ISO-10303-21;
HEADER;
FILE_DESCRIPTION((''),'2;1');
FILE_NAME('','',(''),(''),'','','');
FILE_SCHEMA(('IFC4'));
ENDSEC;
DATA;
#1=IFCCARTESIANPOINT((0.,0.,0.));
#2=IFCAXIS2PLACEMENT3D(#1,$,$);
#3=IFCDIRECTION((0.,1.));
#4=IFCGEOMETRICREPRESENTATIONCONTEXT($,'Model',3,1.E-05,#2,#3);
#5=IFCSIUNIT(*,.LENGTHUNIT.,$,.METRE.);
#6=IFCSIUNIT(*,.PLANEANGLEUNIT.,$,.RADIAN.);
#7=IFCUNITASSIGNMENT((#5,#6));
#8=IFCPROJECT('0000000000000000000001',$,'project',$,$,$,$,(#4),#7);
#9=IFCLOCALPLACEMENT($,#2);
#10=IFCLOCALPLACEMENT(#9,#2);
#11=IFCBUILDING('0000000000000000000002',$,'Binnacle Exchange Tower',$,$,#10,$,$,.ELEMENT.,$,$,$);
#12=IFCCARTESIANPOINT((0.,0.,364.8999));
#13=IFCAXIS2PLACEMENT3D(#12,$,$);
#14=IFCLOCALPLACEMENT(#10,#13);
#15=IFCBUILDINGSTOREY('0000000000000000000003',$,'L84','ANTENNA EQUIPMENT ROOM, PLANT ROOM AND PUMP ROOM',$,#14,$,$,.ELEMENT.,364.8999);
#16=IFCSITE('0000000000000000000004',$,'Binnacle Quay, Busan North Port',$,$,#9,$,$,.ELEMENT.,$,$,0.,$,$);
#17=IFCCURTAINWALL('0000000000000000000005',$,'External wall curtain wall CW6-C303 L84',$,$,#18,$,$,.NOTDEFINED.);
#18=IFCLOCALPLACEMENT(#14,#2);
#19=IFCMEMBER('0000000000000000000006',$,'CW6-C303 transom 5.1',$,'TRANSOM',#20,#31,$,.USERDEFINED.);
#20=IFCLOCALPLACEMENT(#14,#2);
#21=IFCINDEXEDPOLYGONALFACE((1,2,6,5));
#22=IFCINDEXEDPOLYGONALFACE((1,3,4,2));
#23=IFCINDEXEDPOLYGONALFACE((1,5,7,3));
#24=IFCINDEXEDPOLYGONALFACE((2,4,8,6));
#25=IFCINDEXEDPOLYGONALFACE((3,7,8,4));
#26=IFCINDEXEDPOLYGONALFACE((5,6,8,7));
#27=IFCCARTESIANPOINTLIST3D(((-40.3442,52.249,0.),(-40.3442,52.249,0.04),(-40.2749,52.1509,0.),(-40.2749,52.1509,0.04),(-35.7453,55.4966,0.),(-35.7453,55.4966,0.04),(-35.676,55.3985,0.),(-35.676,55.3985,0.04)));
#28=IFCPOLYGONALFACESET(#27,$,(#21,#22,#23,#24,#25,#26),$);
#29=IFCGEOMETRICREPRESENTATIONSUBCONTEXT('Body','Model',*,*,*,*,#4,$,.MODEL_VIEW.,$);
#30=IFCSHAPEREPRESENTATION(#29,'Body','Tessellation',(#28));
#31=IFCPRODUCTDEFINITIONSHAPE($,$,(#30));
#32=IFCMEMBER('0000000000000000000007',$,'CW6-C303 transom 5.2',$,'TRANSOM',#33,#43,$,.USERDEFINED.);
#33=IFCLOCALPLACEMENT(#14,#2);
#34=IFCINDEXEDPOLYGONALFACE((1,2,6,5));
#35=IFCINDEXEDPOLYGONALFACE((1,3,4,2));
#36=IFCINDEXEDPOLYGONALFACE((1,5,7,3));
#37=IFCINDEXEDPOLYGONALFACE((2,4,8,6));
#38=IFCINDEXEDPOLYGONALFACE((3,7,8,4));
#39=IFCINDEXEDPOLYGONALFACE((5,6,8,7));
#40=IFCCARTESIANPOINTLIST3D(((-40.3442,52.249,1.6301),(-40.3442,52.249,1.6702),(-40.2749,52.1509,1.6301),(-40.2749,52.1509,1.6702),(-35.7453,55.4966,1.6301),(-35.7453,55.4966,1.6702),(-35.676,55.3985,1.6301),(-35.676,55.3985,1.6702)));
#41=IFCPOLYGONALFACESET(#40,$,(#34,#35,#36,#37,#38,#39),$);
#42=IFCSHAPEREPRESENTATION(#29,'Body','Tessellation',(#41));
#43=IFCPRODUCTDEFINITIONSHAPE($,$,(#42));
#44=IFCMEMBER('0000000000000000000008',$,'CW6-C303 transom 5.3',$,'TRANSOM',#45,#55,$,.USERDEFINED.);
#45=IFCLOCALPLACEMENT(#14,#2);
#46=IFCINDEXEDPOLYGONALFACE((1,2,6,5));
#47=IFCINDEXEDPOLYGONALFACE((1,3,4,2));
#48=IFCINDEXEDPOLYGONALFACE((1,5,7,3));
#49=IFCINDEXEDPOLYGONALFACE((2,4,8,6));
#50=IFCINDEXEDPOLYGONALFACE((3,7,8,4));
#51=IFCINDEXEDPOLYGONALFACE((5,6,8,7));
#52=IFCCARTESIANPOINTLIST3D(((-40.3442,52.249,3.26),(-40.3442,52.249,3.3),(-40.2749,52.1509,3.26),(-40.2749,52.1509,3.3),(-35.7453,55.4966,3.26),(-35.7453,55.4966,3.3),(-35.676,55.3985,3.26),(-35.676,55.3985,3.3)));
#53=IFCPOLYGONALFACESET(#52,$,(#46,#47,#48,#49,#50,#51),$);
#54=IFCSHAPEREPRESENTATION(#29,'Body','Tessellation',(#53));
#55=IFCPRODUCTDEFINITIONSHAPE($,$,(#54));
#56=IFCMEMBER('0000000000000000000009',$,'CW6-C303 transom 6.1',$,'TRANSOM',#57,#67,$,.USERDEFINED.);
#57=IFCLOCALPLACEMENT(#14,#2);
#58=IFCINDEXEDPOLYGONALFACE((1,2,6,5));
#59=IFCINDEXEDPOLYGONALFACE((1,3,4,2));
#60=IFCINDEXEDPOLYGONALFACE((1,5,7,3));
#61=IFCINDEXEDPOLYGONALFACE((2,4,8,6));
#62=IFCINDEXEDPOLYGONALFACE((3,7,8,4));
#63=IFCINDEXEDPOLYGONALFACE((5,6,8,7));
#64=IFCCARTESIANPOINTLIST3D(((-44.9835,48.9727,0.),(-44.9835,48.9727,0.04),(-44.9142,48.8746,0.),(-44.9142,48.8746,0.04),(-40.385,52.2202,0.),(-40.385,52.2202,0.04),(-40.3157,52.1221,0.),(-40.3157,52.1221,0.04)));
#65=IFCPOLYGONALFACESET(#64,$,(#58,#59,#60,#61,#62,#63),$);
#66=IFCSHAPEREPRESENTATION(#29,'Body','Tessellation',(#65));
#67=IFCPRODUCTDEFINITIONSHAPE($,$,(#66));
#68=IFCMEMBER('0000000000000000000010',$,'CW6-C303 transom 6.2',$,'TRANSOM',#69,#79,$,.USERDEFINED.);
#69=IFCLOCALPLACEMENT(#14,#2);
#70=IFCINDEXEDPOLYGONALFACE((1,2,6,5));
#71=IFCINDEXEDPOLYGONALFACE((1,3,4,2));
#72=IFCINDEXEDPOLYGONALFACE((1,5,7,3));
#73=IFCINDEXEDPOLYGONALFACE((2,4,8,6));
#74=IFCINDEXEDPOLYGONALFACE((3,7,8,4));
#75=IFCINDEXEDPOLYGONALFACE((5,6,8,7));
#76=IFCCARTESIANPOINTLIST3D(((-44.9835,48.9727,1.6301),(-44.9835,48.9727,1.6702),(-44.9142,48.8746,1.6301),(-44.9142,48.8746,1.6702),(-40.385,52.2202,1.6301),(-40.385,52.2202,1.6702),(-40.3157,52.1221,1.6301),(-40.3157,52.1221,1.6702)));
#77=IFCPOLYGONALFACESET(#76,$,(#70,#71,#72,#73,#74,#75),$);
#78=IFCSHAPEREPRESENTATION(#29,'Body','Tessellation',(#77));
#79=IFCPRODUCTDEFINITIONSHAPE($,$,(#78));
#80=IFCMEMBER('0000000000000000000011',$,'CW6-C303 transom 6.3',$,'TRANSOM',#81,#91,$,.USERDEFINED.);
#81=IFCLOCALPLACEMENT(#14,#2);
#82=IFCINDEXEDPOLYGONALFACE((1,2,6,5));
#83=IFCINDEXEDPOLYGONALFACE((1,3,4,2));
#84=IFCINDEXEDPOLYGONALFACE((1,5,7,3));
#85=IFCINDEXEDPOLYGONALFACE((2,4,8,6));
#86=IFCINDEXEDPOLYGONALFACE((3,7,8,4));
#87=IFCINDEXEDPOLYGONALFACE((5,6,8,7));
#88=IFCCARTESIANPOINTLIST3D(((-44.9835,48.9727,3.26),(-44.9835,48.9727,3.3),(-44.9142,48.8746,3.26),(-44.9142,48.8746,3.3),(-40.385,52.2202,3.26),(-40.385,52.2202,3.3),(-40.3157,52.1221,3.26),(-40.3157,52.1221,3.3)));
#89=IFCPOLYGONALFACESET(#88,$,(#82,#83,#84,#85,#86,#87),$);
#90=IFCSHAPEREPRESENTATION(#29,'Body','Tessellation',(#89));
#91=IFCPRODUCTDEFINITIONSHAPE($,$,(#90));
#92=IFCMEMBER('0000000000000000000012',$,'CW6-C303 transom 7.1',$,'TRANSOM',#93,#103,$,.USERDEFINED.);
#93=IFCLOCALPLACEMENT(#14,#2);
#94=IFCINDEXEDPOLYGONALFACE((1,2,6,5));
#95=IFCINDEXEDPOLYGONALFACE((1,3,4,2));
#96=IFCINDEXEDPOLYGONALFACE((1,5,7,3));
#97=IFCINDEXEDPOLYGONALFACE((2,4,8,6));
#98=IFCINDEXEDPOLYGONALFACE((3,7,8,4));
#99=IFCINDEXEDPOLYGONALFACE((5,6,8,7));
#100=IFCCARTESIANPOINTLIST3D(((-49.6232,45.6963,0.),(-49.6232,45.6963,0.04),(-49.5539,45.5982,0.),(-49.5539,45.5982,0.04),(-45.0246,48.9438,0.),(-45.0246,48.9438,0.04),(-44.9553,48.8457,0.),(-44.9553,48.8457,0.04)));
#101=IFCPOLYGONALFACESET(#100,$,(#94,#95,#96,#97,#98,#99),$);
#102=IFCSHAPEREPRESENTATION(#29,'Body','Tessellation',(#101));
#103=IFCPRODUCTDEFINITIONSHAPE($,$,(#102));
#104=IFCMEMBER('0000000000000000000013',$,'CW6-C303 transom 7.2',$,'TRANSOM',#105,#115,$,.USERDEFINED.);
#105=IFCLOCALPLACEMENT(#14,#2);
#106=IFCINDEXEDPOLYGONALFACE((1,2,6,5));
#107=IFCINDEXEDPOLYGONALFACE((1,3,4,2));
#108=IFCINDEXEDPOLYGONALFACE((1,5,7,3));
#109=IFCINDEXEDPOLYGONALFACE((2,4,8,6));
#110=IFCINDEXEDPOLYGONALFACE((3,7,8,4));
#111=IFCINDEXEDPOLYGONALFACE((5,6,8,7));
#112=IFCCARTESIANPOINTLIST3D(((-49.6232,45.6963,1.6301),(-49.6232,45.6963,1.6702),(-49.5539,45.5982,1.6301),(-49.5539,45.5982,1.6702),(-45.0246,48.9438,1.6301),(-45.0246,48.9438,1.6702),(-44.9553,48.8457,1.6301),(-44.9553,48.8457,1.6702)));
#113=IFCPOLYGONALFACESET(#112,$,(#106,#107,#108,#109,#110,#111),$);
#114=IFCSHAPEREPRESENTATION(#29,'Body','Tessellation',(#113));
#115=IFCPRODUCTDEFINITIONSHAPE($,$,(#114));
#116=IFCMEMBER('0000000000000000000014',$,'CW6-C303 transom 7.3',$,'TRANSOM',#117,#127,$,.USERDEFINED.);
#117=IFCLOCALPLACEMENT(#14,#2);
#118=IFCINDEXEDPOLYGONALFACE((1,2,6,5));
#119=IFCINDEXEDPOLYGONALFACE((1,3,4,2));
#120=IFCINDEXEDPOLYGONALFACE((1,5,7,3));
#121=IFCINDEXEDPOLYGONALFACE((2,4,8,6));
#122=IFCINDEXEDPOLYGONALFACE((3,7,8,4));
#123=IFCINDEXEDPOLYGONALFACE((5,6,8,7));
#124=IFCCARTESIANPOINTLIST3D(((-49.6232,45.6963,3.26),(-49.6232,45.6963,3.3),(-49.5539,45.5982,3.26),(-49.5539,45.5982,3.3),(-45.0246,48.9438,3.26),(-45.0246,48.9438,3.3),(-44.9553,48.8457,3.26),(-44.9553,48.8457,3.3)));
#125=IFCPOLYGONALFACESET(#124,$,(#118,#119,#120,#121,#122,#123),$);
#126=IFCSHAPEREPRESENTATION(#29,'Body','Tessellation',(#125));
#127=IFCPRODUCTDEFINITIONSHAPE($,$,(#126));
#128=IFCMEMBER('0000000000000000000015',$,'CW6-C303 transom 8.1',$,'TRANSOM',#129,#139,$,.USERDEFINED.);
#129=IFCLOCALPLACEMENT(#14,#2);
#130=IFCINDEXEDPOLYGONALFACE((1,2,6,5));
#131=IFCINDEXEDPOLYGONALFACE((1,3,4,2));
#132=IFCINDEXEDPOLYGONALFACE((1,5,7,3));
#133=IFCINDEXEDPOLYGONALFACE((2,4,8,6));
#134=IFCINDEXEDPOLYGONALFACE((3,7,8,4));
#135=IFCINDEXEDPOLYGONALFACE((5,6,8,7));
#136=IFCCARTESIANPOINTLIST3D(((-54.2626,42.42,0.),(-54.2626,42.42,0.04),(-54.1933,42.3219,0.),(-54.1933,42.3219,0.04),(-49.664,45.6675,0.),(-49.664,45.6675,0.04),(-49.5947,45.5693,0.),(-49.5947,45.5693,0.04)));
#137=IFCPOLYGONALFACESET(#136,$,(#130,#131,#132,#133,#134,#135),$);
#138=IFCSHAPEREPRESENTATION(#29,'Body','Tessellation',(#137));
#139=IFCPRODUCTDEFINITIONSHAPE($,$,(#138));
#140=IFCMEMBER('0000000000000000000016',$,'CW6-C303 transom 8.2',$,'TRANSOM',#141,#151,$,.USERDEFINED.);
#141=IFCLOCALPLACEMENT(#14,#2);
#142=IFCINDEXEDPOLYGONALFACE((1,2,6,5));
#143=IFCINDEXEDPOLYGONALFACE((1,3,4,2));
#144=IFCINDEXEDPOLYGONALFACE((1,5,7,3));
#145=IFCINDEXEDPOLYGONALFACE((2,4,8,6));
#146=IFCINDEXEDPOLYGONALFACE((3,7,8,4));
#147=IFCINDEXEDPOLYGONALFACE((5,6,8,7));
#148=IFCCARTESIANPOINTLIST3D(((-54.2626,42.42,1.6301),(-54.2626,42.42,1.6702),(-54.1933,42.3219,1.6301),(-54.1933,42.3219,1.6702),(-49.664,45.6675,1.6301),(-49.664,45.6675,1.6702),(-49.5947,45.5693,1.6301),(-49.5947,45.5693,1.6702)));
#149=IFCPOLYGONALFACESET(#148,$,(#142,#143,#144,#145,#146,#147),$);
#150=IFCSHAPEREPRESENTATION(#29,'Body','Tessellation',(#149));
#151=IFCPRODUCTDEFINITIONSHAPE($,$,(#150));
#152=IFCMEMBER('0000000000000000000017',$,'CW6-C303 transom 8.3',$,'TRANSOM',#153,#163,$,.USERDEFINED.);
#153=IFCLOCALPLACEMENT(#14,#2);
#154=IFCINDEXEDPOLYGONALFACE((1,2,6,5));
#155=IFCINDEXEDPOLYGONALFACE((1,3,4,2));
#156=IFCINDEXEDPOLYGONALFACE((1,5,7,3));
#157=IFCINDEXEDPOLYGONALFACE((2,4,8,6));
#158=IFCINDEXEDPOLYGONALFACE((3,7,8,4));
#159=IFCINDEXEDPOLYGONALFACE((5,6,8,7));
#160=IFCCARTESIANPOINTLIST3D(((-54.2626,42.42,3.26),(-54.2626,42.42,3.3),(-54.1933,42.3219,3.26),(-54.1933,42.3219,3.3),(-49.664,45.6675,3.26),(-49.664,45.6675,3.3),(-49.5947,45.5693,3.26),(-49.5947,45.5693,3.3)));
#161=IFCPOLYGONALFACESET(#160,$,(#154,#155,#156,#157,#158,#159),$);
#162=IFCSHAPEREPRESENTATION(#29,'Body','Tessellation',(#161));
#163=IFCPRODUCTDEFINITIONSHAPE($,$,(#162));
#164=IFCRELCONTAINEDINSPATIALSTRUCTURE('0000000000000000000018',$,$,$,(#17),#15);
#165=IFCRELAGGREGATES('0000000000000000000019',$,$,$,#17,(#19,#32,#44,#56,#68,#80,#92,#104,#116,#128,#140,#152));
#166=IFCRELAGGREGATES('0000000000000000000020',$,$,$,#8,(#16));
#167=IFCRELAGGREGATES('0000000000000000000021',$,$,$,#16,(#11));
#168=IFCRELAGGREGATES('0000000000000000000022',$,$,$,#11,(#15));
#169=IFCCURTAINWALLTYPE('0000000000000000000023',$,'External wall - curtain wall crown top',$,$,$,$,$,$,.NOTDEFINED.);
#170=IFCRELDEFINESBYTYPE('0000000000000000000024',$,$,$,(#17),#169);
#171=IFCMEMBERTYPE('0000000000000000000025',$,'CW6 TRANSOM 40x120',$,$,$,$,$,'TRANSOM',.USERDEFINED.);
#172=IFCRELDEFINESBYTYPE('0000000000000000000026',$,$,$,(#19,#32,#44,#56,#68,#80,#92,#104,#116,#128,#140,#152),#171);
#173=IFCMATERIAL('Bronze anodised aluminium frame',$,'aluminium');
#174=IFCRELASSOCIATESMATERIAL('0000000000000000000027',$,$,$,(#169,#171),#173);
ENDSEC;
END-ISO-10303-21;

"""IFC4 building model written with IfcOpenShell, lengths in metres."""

from ifc_helpers import new_model, si_unit, direction, frame, origin, origin_2d, place, context, subcontext, project, spatial, rectangle, extrude, material, material_profile, profile_set, type_object, element, aggregate, save


model = new_model("IFC4")

# Units and contexts
model_context = context("Model", 3, precision=1e-05, world=origin(), true_north=direction((0.0, 1.0)))
body_context = subcontext(model_context, "Body", "Model", "MODEL_VIEW")
ifc_project = project(units=[si_unit("LENGTHUNIT", "METRE"), si_unit("PLANEANGLEUNIT", "RADIAN")], contexts=[model_context])

# Site, building, storey
site_placement = place(None, origin())
site = spatial("IfcSite", under=ifc_project, at=site_placement, Name="Binnacle Quay, Busan North Port", CompositionType="ELEMENT", RefElevation=0.0)
building_placement = place(site_placement, origin())
building = spatial("IfcBuilding", under=site, at=building_placement, Name="Binnacle Exchange Tower", CompositionType="ELEMENT")
storey_placement = place(building_placement, frame((0.0, 0.0, 364.8999)))
storey = spatial("IfcBuildingStorey", under=building, at=storey_placement, Name="L84", Description="ANTENNA EQUIPMENT ROOM, PLANT ROOM AND PUMP ROOM", CompositionType="ELEMENT", Elevation=364.8999)

# Curtain wall, members
ifc_material_1 = material(Name="Bronze anodised aluminium frame", Category="aluminium")
curtain_wall_type = type_object("IfcCurtainWallType", Name="External wall - curtain wall crown top", PredefinedType="NOTDEFINED", material=ifc_material_1)
curtain_wall_placement = place(storey_placement, origin())
curtain_wall = element("IfcCurtainWall", 1, at=curtain_wall_placement, inside=storey, type_object=curtain_wall_type, Name="External wall curtain wall CW6-C303 L84", PredefinedType="NOTDEFINED")
ifc_material_profile_1 = material_profile(ifc_material_1, rectangle(XDim=0.1201, YDim=0.04, at=origin_2d()), Name="AL 120x40")
ifc_profile_set_1 = profile_set([ifc_material_profile_1], Name="Bronze anodised aluminium frame")
member_type_1 = type_object("IfcMemberType", Name="CW6 TRANSOM 40x120", ElementType="TRANSOM", PredefinedType="USERDEFINED", material=ifc_profile_set_1)
member_1_placement = place(storey_placement, frame((-35.7107, 55.4475, 0.02), z_axis=(-0.81686, -0.576836, 0.0), x_axis=(0.576836, -0.81686, 0.0)))
member_1 = element("IfcMember", 2, at=member_1_placement, type_object=member_type_1, Name="CW6-C303 transom 5.1", ObjectType="TRANSOM", PredefinedType="USERDEFINED", context=body_context, shape_type="SweptSolid", body=[
    extrude(rectangle(XDim=0.1201, YDim=0.04, at=origin_2d()), origin(), (0.0, 0.0, 1.0), 5.6299),
])
member_2_placement = place(storey_placement, frame((-35.7107, 55.4475, 1.6501), z_axis=(-0.81686, -0.576836, 0.0), x_axis=(0.576836, -0.81686, 0.0)))
member_2 = element("IfcMember", 3, at=member_2_placement, type_object=member_type_1, Name="CW6-C303 transom 5.2", ObjectType="TRANSOM", PredefinedType="USERDEFINED", context=body_context, shape_type="SweptSolid", body=[
    extrude(rectangle(XDim=0.1201, YDim=0.04, at=origin_2d()), origin(), (0.0, 0.0, 1.0), 5.6299),
])
member_3_placement = place(storey_placement, frame((-35.7107, 55.4475, 3.28), z_axis=(-0.81686, -0.576836, 0.0), x_axis=(0.576836, -0.81686, 0.0)))
member_3 = element("IfcMember", 4, at=member_3_placement, type_object=member_type_1, Name="CW6-C303 transom 5.3", ObjectType="TRANSOM", PredefinedType="USERDEFINED", context=body_context, shape_type="SweptSolid", body=[
    extrude(rectangle(XDim=0.1201, YDim=0.04, at=origin_2d()), origin(), (0.0, 0.0, 1.0), 5.6299),
])
member_4_placement = place(storey_placement, frame((-40.3503, 52.1711, 0.02), z_axis=(-0.816845, -0.576857, 0.0), x_axis=(0.576857, -0.816845, 0.0)))
member_4 = element("IfcMember", 5, at=member_4_placement, type_object=member_type_1, Name="CW6-C303 transom 6.1", ObjectType="TRANSOM", PredefinedType="USERDEFINED", context=body_context, shape_type="SweptSolid", body=[
    extrude(rectangle(XDim=0.1201, YDim=0.04, at=origin_2d()), origin(), (0.0, 0.0, 1.0), 5.6296),
])
member_5_placement = place(storey_placement, frame((-40.3503, 52.1711, 1.6501), z_axis=(-0.816845, -0.576857, 0.0), x_axis=(0.576857, -0.816845, 0.0)))
member_5 = element("IfcMember", 6, at=member_5_placement, type_object=member_type_1, Name="CW6-C303 transom 6.2", ObjectType="TRANSOM", PredefinedType="USERDEFINED", context=body_context, shape_type="SweptSolid", body=[
    extrude(rectangle(XDim=0.1201, YDim=0.04, at=origin_2d()), origin(), (0.0, 0.0, 1.0), 5.6296),
])
member_6_placement = place(storey_placement, frame((-40.3503, 52.1711, 3.28), z_axis=(-0.816845, -0.576857, 0.0), x_axis=(0.576857, -0.816845, 0.0)))
member_6 = element("IfcMember", 7, at=member_6_placement, type_object=member_type_1, Name="CW6-C303 transom 6.3", ObjectType="TRANSOM", PredefinedType="USERDEFINED", context=body_context, shape_type="SweptSolid", body=[
    extrude(rectangle(XDim=0.1201, YDim=0.04, at=origin_2d()), origin(), (0.0, 0.0, 1.0), 5.6296),
])
member_7_placement = place(storey_placement, frame((-44.99, 48.8948, 0.02), z_axis=(-0.816845, -0.576857, 0.0), x_axis=(0.576857, -0.816845, 0.0)))
member_7 = element("IfcMember", 8, at=member_7_placement, type_object=member_type_1, Name="CW6-C303 transom 7.1", ObjectType="TRANSOM", PredefinedType="USERDEFINED", context=body_context, shape_type="SweptSolid", body=[
    extrude(rectangle(XDim=0.1201, YDim=0.04, at=origin_2d()), origin(), (0.0, 0.0, 1.0), 5.6296),
])
member_8_placement = place(storey_placement, frame((-44.99, 48.8948, 1.6501), z_axis=(-0.816845, -0.576857, 0.0), x_axis=(0.576857, -0.816845, 0.0)))
member_8 = element("IfcMember", 9, at=member_8_placement, type_object=member_type_1, Name="CW6-C303 transom 7.2", ObjectType="TRANSOM", PredefinedType="USERDEFINED", context=body_context, shape_type="SweptSolid", body=[
    extrude(rectangle(XDim=0.1201, YDim=0.04, at=origin_2d()), origin(), (0.0, 0.0, 1.0), 5.6296),
])
member_9_placement = place(storey_placement, frame((-44.99, 48.8948, 3.28), z_axis=(-0.816845, -0.576857, 0.0), x_axis=(0.576857, -0.816845, 0.0)))
member_9 = element("IfcMember", 10, at=member_9_placement, type_object=member_type_1, Name="CW6-C303 transom 7.3", ObjectType="TRANSOM", PredefinedType="USERDEFINED", context=body_context, shape_type="SweptSolid", body=[
    extrude(rectangle(XDim=0.1201, YDim=0.04, at=origin_2d()), origin(), (0.0, 0.0, 1.0), 5.6296),
])
member_10_placement = place(storey_placement, frame((-49.6294, 45.6184, 0.02), z_axis=(-0.816845, -0.576857, 0.0), x_axis=(0.576857, -0.816845, 0.0)))
member_10 = element("IfcMember", 11, at=member_10_placement, type_object=member_type_1, Name="CW6-C303 transom 8.1", ObjectType="TRANSOM", PredefinedType="USERDEFINED", context=body_context, shape_type="SweptSolid", body=[
    extrude(rectangle(XDim=0.1201, YDim=0.04, at=origin_2d()), origin(), (0.0, 0.0, 1.0), 5.6296),
])
member_11_placement = place(storey_placement, frame((-49.6294, 45.6184, 1.6501), z_axis=(-0.816845, -0.576857, 0.0), x_axis=(0.576857, -0.816845, 0.0)))
member_11 = element("IfcMember", 12, at=member_11_placement, type_object=member_type_1, Name="CW6-C303 transom 8.2", ObjectType="TRANSOM", PredefinedType="USERDEFINED", context=body_context, shape_type="SweptSolid", body=[
    extrude(rectangle(XDim=0.1201, YDim=0.04, at=origin_2d()), origin(), (0.0, 0.0, 1.0), 5.6296),
])
member_12_placement = place(storey_placement, frame((-49.6294, 45.6184, 3.28), z_axis=(-0.816845, -0.576857, 0.0), x_axis=(0.576857, -0.816845, 0.0)))
member_12 = element("IfcMember", 13, at=member_12_placement, type_object=member_type_1, Name="CW6-C303 transom 8.3", ObjectType="TRANSOM", PredefinedType="USERDEFINED", context=body_context, shape_type="SweptSolid", body=[
    extrude(rectangle(XDim=0.1201, YDim=0.04, at=origin_2d()), origin(), (0.0, 0.0, 1.0), 5.6296),
])

aggregate(curtain_wall, [member_1, member_2, member_3, member_4, member_5, member_6, member_7, member_8, member_9, member_10, member_11, member_12])

save(model, "model.ifc")
